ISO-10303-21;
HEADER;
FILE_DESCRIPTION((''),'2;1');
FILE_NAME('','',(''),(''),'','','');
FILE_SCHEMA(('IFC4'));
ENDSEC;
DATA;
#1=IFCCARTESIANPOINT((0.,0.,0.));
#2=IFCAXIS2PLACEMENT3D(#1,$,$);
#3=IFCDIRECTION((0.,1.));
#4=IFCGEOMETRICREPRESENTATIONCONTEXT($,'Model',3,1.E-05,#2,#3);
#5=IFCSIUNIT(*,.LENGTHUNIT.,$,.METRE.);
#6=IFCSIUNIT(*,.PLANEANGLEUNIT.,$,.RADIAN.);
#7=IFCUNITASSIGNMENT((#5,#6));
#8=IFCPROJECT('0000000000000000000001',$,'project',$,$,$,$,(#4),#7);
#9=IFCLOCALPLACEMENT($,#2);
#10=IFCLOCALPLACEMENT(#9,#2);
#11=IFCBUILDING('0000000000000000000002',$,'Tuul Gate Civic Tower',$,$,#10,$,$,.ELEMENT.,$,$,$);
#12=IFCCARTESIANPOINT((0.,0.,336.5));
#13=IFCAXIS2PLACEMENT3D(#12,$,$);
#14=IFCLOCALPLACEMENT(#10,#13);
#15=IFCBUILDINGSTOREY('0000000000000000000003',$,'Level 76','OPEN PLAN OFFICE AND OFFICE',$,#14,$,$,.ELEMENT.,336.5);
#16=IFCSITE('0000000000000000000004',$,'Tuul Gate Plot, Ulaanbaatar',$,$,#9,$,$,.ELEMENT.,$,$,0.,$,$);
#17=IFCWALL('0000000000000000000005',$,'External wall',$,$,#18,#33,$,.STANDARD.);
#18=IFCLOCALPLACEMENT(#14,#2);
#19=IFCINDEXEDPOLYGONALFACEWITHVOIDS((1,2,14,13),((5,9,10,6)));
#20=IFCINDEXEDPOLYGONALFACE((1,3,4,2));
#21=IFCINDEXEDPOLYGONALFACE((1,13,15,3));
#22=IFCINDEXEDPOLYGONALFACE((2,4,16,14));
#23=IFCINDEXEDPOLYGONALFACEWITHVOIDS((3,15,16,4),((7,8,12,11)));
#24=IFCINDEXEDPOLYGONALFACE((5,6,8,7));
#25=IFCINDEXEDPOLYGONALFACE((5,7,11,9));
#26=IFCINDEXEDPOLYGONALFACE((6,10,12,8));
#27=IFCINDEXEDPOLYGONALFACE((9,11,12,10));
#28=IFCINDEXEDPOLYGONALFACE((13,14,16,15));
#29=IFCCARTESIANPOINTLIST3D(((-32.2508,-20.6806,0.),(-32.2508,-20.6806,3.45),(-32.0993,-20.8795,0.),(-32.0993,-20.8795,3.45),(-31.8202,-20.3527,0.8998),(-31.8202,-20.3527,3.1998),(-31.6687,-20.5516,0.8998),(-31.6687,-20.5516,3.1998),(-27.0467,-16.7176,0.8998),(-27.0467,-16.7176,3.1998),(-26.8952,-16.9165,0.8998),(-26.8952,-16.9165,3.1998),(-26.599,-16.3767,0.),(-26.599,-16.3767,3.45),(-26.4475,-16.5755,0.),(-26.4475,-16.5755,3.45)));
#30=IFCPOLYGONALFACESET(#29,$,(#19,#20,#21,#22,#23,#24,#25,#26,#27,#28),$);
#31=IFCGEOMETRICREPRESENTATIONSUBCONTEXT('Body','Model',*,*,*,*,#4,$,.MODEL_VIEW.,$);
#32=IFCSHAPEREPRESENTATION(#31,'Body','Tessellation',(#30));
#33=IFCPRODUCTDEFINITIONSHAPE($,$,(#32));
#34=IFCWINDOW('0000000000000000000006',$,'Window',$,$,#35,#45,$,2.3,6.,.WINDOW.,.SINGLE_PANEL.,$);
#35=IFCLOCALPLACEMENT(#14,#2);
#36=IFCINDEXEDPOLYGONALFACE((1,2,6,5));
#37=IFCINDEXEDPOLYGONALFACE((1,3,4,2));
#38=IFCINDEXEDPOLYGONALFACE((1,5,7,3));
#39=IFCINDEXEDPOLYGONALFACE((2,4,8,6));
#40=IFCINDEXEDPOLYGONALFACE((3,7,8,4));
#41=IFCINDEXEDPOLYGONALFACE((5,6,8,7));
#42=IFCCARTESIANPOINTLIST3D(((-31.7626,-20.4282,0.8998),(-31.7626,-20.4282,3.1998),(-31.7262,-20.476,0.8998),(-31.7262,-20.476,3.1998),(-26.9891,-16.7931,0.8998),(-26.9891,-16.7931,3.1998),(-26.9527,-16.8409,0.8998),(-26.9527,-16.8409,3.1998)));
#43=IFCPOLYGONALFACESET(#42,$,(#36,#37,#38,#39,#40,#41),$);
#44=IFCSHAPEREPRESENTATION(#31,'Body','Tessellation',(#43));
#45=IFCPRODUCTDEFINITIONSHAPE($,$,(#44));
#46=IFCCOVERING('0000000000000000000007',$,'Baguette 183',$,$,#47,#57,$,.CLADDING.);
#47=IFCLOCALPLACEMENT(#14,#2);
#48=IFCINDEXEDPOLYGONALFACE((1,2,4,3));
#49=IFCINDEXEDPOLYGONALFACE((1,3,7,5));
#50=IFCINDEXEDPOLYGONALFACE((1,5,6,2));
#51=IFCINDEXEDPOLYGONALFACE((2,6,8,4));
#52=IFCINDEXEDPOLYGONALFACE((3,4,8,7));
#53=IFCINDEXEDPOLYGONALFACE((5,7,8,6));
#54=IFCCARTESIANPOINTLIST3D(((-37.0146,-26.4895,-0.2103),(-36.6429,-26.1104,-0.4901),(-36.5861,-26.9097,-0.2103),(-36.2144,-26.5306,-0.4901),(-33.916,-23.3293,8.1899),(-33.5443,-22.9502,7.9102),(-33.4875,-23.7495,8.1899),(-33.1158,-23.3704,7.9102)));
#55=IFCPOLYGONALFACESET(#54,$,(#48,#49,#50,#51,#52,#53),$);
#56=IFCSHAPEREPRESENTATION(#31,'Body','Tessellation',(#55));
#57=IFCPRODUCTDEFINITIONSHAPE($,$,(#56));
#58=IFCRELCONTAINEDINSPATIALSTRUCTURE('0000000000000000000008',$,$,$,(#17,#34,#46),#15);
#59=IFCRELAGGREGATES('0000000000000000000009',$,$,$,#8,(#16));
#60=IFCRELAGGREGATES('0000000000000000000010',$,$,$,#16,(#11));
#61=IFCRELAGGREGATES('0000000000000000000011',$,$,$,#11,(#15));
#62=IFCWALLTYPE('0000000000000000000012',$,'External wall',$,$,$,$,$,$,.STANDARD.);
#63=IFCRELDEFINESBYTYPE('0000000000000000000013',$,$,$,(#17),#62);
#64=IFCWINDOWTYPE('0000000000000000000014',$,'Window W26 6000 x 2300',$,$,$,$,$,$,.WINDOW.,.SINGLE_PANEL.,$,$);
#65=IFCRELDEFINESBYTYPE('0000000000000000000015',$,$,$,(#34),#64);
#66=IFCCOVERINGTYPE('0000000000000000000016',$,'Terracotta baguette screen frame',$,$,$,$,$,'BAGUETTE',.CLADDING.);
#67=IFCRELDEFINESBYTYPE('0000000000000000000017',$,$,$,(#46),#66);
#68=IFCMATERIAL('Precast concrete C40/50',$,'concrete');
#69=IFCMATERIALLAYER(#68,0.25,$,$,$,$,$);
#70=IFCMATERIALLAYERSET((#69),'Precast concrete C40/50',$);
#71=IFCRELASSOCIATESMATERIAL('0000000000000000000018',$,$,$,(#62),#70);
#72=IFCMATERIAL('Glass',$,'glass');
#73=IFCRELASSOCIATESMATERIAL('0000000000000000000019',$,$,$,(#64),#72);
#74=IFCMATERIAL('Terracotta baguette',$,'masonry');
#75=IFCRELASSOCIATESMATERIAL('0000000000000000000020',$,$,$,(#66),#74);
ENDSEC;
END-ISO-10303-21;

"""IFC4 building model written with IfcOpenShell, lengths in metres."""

from ifc_helpers import new_model, si_unit, direction, frame, frame_2d, origin, origin_2d, place, context, subcontext, project, spatial, rectangle, extrude, material, layer, layer_set, material_profile, profile_set, type_object, element, fill, save


model = new_model("IFC4")

# Units and contexts
model_context = context("Model", 3, precision=1e-05, world=origin(), true_north=direction((0.0, 1.0)))
body_context = subcontext(model_context, "Body", "Model", "MODEL_VIEW")
ifc_project = project(units=[si_unit("LENGTHUNIT", "METRE"), si_unit("PLANEANGLEUNIT", "RADIAN")], contexts=[model_context])

# Site, building, storey
site_placement = place(None, origin())
site = spatial("IfcSite", under=ifc_project, at=site_placement, Name="Tuul Gate Plot, Ulaanbaatar", CompositionType="ELEMENT", RefElevation=0.0)
building_placement = place(site_placement, origin())
building = spatial("IfcBuilding", under=site, at=building_placement, Name="Tuul Gate Civic Tower", CompositionType="ELEMENT")
storey_placement = place(building_placement, frame((0.0, 0.0, 336.5)))
storey = spatial("IfcBuildingStorey", under=building, at=storey_placement, Name="Level 76", Description="OPEN PLAN OFFICE AND OFFICE", CompositionType="ELEMENT", Elevation=336.5)

# Wall, opening, window
ifc_material_1 = material(Name="Precast concrete C40/50", Category="concrete")
ifc_layer_1 = layer(ifc_material_1, 0.25)
ifc_layer_set_1 = layer_set([ifc_layer_1], Name="Precast concrete C40/50")
wall_type_1 = type_object("IfcWallType", Name="External wall", PredefinedType="STANDARD", material=ifc_layer_set_1)
ifc_material_2 = material(Name="Glass", Category="glass")
window_type_1 = type_object("IfcWindowType", Name="Window W26 6000 x 2300", PartitioningType="SINGLE_PANEL", PredefinedType="WINDOW", material=ifc_material_2)
wall_1_placement = place(storey_placement, frame((-32.175, -20.78, 0.0), z_axis=(0.0, 0.0, 1.0), x_axis=(0.795582, 0.605845, 0.0)))
wall_1 = element("IfcWall", 1, at=wall_1_placement, inside=storey, type_object=wall_type_1, Name="External wall", PredefinedType="STANDARD", context=body_context, shape_type="SweptSolid", body=[
    extrude(rectangle(XDim=7.104, YDim=0.25, at=frame_2d((3.552, 0.0))), origin(), (0.0, 0.0, 1.0), 3.45),
])
opening_1_placement = place(wall_1_placement, frame((0.5413, 0.0, 0.8999)))
opening_1 = element("IfcOpeningElement", 2, at=opening_1_placement, cuts=wall_1, PredefinedType="OPENING", context=body_context, shape_type="SweptSolid", body=[
    extrude(rectangle(XDim=6.0, YDim=2.3, at=frame_2d((3.0, 1.1499))), frame((0.0, 0.135, 0.0), z_axis=(0.0, -1.0, 0.0), x_axis=(1.0, 0.0, 0.0)), (0.0, 0.0, 1.0), 0.27),
])
window_1_placement = place(opening_1_placement, origin())
window_1 = element("IfcWindow", 3, at=window_1_placement, inside=storey, type_object=window_type_1, Name="Window", OverallHeight=2.3, OverallWidth=6.0, PartitioningType="SINGLE_PANEL", PredefinedType="WINDOW", context=body_context, shape_type="SweptSolid", body=[
    extrude(rectangle(XDim=6.0, YDim=2.3, at=frame_2d((3.0, 1.1499))), frame((0.0, 0.03, 0.0), z_axis=(0.0, -1.0, 0.0), x_axis=(1.0, 0.0, 0.0)), (0.0, 0.0, 1.0), 0.0601),
])
fill(opening_1, window_1)

# Covering
ifc_material_3 = material(Name="Terracotta baguette", Category="masonry")
ifc_material_profile_1 = material_profile(ifc_material_3, rectangle(XDim=0.6001, YDim=0.6001, at=origin_2d()), Name="Terracotta baguette screen frame")
ifc_profile_set_1 = profile_set([ifc_material_profile_1], Name="Terracotta baguette")
covering_type = type_object("IfcCoveringType", Name="Terracotta baguette screen frame", ElementType="BAGUETTE", PredefinedType="CLADDING", material=ifc_profile_set_1)
covering_placement = place(storey_placement, frame((-33.5159, -23.3499, 8.05), z_axis=(-0.326352, -0.332831, -0.884713), x_axis=(0.714023, -0.700122, 0.0)))
element("IfcCovering", 4, at=covering_placement, inside=storey, type_object=covering_type, Name="Baguette 183", PredefinedType="CLADDING", context=body_context, shape_type="SweptSolid", body=[
    extrude(rectangle(XDim=0.6001, YDim=0.6001, at=origin_2d()), origin(), (0.0, 0.0, 1.0), 9.4949),
])

save(model, "model.ifc")
